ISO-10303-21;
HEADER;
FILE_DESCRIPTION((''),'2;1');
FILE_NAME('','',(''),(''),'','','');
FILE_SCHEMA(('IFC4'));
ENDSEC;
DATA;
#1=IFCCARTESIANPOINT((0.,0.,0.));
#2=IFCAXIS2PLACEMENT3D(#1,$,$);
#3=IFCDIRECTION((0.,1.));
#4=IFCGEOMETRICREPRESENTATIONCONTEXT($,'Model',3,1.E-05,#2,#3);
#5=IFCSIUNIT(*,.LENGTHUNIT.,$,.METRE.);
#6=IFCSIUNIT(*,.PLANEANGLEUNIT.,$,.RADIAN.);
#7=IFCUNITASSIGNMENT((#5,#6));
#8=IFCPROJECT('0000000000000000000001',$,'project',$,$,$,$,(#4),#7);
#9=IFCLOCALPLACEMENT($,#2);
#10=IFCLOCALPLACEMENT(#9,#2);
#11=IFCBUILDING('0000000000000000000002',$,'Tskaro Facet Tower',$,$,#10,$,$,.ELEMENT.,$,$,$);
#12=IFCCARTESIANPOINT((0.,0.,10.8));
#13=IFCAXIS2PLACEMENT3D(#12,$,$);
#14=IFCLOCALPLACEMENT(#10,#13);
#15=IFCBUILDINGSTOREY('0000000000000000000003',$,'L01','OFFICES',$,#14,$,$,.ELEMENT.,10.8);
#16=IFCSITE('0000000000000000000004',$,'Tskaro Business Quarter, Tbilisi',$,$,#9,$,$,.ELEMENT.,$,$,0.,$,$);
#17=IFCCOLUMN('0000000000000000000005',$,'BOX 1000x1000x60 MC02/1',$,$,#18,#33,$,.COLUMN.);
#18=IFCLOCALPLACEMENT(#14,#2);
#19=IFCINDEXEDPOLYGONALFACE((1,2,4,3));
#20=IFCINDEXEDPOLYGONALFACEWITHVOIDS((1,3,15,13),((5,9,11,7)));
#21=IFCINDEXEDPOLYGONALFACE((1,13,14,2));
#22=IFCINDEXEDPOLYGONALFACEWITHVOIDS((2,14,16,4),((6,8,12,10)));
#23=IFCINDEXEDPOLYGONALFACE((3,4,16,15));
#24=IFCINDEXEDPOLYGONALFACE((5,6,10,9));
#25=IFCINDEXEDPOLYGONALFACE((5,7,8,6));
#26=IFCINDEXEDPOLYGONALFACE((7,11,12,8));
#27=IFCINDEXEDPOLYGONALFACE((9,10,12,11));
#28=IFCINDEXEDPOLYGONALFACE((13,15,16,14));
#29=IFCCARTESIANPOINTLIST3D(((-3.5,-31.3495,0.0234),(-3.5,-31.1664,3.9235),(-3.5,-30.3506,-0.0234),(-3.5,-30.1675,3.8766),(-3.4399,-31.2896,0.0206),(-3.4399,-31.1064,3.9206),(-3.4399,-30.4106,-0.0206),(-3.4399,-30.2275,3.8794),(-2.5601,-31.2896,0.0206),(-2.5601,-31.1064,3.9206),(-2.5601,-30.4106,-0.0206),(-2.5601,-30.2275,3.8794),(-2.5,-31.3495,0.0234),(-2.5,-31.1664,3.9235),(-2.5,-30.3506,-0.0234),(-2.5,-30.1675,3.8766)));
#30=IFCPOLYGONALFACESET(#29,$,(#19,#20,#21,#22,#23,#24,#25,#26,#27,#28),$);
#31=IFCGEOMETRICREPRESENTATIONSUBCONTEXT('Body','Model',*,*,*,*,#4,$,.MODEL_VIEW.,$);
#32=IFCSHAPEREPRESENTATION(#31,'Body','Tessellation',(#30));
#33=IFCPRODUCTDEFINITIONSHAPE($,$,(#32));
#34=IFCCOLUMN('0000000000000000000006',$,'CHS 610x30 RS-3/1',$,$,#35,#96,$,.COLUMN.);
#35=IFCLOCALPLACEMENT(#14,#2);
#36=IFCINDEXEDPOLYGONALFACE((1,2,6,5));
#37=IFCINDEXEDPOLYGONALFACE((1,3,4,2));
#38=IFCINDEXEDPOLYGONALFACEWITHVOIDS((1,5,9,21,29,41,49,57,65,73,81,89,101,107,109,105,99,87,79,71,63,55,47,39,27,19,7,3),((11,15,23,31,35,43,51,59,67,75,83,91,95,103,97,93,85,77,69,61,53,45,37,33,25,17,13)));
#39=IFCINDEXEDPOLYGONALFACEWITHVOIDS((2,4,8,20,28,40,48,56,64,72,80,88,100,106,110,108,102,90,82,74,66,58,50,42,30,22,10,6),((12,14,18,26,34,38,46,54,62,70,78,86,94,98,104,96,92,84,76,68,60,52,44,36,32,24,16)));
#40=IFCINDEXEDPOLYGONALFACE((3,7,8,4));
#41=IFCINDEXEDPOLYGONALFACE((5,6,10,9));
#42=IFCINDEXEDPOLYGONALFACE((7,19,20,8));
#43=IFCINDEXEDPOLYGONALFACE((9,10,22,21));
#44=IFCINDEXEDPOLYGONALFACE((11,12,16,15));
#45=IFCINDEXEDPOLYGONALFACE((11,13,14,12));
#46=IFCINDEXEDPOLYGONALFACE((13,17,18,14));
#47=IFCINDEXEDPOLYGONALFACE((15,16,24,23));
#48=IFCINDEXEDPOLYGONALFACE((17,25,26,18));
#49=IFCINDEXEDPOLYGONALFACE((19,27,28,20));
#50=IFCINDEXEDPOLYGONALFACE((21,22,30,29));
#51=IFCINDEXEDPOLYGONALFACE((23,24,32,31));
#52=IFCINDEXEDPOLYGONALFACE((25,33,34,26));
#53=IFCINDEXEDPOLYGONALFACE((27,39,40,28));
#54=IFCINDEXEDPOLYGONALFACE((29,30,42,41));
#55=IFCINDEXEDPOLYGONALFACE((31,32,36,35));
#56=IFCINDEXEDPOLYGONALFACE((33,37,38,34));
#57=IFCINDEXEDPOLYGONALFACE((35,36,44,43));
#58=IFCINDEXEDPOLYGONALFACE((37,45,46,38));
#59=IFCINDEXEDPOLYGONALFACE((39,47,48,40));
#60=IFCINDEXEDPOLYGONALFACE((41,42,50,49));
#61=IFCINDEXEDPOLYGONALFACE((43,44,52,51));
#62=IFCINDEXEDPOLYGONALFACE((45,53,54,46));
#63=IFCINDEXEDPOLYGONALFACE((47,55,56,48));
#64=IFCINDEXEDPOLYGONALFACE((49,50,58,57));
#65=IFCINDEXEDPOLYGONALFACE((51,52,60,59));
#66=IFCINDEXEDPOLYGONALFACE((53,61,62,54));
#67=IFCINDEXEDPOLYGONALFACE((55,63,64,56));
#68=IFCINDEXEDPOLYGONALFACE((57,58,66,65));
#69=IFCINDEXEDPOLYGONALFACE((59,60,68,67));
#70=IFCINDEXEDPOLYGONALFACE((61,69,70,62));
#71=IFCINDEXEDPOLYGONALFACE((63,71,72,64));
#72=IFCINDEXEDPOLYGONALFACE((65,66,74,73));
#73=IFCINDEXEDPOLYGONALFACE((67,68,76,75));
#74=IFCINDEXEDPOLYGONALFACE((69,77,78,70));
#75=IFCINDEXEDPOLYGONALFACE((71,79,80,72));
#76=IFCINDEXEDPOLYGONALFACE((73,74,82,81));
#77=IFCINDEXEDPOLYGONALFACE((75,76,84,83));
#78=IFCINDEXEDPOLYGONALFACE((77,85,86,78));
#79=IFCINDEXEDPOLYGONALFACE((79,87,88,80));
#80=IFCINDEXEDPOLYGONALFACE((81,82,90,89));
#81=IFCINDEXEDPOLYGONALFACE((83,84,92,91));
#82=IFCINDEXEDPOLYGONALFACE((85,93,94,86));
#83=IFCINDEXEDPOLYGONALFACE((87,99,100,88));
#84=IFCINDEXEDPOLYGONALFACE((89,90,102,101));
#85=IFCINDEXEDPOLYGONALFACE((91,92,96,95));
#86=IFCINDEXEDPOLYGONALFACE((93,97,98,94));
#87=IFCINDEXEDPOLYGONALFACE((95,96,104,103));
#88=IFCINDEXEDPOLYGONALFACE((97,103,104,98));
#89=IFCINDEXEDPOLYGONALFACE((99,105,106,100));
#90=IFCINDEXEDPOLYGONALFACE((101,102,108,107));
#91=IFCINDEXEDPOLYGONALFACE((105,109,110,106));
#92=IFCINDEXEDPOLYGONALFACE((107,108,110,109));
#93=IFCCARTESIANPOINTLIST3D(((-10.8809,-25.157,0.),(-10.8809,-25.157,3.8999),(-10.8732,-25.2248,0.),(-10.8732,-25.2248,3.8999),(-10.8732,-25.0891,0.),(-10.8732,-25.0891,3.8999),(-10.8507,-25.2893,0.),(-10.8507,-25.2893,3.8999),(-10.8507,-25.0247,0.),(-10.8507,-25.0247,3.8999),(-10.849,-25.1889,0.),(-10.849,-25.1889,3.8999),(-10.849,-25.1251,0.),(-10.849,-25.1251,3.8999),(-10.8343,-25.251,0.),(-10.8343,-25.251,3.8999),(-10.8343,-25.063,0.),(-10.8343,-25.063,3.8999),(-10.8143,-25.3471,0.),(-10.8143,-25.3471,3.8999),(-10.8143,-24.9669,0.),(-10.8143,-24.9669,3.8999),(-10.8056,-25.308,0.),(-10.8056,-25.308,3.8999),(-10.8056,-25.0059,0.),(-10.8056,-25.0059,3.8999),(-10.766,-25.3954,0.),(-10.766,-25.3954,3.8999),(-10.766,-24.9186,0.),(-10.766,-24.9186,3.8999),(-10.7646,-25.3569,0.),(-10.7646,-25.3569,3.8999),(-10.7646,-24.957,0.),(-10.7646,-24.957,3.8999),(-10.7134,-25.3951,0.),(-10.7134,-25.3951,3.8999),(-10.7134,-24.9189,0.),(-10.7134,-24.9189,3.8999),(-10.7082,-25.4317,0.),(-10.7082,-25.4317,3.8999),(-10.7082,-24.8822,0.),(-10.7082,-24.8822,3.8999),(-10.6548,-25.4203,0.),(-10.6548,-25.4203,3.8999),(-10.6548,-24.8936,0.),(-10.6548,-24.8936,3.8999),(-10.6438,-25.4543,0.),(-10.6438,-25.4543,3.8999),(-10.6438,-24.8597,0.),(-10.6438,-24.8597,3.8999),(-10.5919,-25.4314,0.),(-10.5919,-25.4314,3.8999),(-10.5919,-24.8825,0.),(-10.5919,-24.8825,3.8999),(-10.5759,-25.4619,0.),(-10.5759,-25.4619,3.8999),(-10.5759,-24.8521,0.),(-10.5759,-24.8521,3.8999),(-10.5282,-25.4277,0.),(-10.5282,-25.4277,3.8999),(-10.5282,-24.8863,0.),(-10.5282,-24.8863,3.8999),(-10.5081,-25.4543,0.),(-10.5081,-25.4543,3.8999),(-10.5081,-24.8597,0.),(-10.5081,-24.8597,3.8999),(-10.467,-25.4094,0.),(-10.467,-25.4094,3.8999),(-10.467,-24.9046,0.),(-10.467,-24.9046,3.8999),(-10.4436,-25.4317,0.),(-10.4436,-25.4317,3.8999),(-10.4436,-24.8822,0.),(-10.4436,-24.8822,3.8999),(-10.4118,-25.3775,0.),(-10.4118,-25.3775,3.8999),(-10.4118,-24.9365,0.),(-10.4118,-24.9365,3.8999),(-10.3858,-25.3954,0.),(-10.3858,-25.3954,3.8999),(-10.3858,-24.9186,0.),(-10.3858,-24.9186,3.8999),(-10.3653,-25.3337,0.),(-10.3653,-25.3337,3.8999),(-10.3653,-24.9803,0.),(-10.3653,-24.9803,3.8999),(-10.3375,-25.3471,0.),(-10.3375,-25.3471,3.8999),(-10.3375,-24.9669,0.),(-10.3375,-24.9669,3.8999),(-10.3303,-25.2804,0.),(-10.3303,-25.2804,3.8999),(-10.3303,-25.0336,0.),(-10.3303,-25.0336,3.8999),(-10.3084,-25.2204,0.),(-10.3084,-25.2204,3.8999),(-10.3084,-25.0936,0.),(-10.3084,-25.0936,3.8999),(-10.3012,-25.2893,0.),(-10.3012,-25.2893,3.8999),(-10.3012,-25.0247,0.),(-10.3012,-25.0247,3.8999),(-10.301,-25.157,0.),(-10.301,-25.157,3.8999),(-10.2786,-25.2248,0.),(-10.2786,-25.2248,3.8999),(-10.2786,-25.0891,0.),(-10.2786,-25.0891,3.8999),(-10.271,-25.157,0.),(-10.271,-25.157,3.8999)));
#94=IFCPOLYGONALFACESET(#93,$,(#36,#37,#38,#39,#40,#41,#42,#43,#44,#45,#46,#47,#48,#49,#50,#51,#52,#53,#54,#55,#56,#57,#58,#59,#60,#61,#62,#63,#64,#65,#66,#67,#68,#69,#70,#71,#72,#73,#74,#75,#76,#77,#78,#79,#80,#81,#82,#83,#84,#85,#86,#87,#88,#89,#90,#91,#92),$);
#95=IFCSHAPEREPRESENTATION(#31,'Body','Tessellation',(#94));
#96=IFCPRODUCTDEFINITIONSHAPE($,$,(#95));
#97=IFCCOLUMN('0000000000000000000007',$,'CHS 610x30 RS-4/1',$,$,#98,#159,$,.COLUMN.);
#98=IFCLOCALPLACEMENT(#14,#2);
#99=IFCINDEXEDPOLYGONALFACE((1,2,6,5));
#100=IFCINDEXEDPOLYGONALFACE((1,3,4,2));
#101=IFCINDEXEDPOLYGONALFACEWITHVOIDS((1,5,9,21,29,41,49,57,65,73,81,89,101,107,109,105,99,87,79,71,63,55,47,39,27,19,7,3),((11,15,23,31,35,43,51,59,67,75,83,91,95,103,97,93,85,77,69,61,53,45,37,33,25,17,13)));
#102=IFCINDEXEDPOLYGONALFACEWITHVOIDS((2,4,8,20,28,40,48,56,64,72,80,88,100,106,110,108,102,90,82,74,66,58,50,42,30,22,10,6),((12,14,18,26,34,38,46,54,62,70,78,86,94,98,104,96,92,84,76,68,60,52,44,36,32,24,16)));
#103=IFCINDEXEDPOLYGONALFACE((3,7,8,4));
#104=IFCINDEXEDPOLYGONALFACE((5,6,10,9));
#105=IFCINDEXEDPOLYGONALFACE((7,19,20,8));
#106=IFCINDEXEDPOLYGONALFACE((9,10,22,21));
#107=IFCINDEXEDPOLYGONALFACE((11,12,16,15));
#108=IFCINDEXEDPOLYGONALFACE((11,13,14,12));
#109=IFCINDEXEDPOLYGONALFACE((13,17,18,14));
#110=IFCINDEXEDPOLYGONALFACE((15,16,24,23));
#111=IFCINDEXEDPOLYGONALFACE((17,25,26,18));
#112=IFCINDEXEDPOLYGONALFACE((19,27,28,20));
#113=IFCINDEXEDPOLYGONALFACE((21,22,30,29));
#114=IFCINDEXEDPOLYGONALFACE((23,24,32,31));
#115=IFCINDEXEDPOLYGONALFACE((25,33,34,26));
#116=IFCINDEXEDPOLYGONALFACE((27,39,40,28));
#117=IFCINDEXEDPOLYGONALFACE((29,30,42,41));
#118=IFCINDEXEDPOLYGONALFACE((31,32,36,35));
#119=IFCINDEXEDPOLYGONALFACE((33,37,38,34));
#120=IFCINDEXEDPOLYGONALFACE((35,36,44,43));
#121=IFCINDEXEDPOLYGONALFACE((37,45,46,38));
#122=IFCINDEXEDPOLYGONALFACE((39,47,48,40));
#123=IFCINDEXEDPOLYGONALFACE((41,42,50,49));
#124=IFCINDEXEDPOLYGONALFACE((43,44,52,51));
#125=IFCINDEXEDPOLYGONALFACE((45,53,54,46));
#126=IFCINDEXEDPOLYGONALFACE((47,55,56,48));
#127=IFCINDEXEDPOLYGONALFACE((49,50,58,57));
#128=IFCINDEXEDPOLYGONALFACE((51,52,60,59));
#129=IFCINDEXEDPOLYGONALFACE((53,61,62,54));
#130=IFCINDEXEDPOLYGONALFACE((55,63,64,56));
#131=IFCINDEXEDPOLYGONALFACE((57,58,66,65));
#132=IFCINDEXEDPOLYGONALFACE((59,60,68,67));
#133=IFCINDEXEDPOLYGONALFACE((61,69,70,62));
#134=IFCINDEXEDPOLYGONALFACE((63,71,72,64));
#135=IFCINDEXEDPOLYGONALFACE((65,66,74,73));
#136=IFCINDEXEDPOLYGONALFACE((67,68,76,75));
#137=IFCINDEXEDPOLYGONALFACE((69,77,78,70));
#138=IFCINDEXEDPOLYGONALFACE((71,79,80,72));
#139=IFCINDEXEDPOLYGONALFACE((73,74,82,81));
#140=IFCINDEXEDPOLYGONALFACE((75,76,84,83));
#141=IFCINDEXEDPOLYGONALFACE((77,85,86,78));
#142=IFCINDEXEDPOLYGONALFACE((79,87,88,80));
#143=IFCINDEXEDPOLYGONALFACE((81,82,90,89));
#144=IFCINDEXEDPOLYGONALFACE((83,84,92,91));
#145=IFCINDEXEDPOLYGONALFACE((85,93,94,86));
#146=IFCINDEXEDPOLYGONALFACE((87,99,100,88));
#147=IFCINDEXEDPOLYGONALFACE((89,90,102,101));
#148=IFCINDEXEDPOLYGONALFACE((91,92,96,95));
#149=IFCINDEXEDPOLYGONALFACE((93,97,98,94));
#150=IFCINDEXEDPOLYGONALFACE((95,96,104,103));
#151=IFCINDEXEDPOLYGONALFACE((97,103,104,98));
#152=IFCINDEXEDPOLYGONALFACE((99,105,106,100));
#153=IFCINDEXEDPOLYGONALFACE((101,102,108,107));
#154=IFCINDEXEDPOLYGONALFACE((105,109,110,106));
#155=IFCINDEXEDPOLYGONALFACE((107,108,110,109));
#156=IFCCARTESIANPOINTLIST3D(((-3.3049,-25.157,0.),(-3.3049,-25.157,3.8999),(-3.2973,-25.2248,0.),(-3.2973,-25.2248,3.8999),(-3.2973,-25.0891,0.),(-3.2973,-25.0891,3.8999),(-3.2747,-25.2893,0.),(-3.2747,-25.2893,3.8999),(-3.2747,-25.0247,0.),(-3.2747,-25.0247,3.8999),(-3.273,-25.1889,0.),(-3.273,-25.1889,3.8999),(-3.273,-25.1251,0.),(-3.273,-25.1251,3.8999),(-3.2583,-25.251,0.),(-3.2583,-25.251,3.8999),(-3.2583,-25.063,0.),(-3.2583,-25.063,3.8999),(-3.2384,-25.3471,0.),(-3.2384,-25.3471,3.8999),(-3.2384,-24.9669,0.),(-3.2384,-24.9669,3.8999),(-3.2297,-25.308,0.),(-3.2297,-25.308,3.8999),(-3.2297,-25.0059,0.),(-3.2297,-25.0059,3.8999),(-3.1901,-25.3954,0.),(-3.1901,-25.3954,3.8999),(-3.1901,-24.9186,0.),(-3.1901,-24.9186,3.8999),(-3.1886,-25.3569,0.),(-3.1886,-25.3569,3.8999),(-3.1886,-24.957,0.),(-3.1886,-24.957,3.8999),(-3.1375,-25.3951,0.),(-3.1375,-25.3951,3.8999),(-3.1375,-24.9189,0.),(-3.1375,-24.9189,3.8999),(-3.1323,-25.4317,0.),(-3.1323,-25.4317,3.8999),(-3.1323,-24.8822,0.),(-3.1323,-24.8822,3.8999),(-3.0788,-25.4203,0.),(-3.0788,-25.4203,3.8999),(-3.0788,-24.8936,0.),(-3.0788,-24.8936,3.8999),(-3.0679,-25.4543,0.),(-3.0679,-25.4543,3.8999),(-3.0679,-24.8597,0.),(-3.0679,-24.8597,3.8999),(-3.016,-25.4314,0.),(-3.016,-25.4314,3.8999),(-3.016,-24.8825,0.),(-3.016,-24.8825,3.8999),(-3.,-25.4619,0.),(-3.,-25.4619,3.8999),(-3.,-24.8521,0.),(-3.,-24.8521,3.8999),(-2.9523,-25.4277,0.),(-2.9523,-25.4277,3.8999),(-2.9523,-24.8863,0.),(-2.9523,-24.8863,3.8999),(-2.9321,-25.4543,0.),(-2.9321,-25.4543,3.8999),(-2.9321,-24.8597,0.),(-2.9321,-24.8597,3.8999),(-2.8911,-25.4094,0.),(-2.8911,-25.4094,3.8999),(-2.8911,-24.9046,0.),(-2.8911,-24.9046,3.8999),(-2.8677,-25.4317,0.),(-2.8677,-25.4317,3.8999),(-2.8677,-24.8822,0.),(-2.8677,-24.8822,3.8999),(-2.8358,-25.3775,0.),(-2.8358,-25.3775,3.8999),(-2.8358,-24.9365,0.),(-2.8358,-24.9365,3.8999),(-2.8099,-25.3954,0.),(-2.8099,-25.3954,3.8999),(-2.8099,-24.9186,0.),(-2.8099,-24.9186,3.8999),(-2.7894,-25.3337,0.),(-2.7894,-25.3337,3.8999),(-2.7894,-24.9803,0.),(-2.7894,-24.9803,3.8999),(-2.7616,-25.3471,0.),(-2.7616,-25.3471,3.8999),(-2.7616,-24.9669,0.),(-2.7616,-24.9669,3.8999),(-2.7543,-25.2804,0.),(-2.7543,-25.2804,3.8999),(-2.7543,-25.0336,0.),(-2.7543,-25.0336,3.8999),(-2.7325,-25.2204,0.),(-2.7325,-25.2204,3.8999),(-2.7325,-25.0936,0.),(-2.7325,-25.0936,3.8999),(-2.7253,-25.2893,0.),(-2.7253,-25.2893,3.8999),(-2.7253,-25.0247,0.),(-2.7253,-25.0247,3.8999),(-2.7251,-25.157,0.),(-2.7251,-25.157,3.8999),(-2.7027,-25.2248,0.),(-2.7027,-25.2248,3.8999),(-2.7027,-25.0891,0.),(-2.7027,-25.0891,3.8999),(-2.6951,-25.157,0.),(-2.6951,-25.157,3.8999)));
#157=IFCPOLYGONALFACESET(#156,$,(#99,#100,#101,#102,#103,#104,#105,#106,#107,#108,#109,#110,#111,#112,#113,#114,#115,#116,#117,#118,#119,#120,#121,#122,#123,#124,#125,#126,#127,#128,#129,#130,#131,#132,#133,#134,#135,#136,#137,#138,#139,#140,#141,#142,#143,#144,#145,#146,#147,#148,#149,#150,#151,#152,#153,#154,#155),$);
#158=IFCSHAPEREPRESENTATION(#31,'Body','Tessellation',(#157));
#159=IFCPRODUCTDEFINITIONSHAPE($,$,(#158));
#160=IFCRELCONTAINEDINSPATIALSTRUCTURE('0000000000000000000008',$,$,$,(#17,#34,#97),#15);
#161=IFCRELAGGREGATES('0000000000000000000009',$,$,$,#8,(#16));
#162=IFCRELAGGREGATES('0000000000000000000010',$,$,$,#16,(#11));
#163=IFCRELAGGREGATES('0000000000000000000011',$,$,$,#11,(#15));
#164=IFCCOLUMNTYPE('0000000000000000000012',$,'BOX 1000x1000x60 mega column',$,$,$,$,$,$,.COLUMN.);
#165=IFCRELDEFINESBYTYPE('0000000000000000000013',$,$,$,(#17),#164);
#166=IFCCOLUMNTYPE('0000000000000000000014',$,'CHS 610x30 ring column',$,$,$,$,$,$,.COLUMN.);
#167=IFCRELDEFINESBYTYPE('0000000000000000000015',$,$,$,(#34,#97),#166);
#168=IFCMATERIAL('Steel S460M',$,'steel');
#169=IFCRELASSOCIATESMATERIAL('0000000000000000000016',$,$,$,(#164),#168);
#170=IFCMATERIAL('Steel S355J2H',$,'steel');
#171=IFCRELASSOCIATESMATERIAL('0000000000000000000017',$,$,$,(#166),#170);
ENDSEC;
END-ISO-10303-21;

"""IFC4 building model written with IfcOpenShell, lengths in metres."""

from ifc_helpers import new_model, si_unit, direction, frame, origin, origin_2d, place, context, subcontext, project, spatial, hollow_rectangle, hollow_circle, extrude, material, material_profile, profile_set, type_object, element, save


model = new_model("IFC4")

# Units and contexts
model_context = context("Model", 3, precision=1e-05, world=origin(), true_north=direction((0.0, 1.0)))
body_context = subcontext(model_context, "Body", "Model", "MODEL_VIEW")
ifc_project = project(units=[si_unit("LENGTHUNIT", "METRE"), si_unit("PLANEANGLEUNIT", "RADIAN")], contexts=[model_context])

# Site, building, storey
site_placement = place(None, origin())
site = spatial("IfcSite", under=ifc_project, at=site_placement, Name="Tskaro Business Quarter, Tbilisi", CompositionType="ELEMENT", RefElevation=0.0)
building_placement = place(site_placement, origin())
building = spatial("IfcBuilding", under=site, at=building_placement, Name="Tskaro Facet Tower", CompositionType="ELEMENT")
storey_placement = place(building_placement, frame((0.0, 0.0, 10.8)))
storey = spatial("IfcBuildingStorey", under=building, at=storey_placement, Name="L01", Description="OFFICES", CompositionType="ELEMENT", Elevation=10.8)

# Columns
ifc_material_1 = material(Name="Steel S460M", Category="steel")
ifc_material_profile_1 = material_profile(ifc_material_1, hollow_rectangle(XDim=1.0, YDim=1.0, WallThickness=0.0601, at=origin_2d()), Name="BOX 1000x1000x60")
ifc_profile_set_1 = profile_set([ifc_material_profile_1], Name="Steel S460M")
column_type_1 = type_object("IfcColumnType", Name="BOX 1000x1000x60 mega column", PredefinedType="COLUMN", material=ifc_profile_set_1)
column_1_placement = place(storey_placement, frame((-3.0, -30.8501, 0.0), z_axis=(0.0, 0.0469, 0.9989), x_axis=(-1.0, 0.0, 0.0)))
element("IfcColumn", 1, at=column_1_placement, inside=storey, type_object=column_type_1, Name="BOX 1000x1000x60 MC02/1", PredefinedType="COLUMN", context=body_context, shape_type="SweptSolid", body=[
    extrude(hollow_rectangle(XDim=1.0, YDim=1.0, WallThickness=0.0601, at=origin_2d()), origin(), (0.0, 0.0, 1.0), 3.9043),
])
ifc_material_2 = material(Name="Steel S355J2H", Category="steel")
ifc_material_profile_2 = material_profile(ifc_material_2, hollow_circle(Radius=0.3049, WallThickness=0.03, at=origin_2d()), Name="CHS 610x30")
ifc_profile_set_2 = profile_set([ifc_material_profile_2], Name="Steel S355J2H")
column_type_2 = type_object("IfcColumnType", Name="CHS 610x30 ring column", PredefinedType="COLUMN", material=ifc_profile_set_2)
for number, where, z_axis, x_axis, name in (
    (2, (-10.5759, -25.157, 0.0), (0.0, 0.0, 1.0), (1.0, 0.0, 0.0), "CHS 610x30 RS-3/1"),
    (3, (-3.0, -25.157, 0.0), (0.0, 0.0, 1.0), (1.0, 0.0, 0.0), "CHS 610x30 RS-4/1"),
):
    element("IfcColumn", number, at=place(storey_placement, frame(where, z_axis=z_axis, x_axis=x_axis)), inside=storey, type_object=column_type_2, Name=name, PredefinedType="COLUMN", context=body_context, shape_type="SweptSolid", body=[
        extrude(hollow_circle(Radius=0.3049, WallThickness=0.03, at=origin_2d()), origin(), (0.0, 0.0, 1.0), 3.8999),
    ])

save(model, "model.ifc")
